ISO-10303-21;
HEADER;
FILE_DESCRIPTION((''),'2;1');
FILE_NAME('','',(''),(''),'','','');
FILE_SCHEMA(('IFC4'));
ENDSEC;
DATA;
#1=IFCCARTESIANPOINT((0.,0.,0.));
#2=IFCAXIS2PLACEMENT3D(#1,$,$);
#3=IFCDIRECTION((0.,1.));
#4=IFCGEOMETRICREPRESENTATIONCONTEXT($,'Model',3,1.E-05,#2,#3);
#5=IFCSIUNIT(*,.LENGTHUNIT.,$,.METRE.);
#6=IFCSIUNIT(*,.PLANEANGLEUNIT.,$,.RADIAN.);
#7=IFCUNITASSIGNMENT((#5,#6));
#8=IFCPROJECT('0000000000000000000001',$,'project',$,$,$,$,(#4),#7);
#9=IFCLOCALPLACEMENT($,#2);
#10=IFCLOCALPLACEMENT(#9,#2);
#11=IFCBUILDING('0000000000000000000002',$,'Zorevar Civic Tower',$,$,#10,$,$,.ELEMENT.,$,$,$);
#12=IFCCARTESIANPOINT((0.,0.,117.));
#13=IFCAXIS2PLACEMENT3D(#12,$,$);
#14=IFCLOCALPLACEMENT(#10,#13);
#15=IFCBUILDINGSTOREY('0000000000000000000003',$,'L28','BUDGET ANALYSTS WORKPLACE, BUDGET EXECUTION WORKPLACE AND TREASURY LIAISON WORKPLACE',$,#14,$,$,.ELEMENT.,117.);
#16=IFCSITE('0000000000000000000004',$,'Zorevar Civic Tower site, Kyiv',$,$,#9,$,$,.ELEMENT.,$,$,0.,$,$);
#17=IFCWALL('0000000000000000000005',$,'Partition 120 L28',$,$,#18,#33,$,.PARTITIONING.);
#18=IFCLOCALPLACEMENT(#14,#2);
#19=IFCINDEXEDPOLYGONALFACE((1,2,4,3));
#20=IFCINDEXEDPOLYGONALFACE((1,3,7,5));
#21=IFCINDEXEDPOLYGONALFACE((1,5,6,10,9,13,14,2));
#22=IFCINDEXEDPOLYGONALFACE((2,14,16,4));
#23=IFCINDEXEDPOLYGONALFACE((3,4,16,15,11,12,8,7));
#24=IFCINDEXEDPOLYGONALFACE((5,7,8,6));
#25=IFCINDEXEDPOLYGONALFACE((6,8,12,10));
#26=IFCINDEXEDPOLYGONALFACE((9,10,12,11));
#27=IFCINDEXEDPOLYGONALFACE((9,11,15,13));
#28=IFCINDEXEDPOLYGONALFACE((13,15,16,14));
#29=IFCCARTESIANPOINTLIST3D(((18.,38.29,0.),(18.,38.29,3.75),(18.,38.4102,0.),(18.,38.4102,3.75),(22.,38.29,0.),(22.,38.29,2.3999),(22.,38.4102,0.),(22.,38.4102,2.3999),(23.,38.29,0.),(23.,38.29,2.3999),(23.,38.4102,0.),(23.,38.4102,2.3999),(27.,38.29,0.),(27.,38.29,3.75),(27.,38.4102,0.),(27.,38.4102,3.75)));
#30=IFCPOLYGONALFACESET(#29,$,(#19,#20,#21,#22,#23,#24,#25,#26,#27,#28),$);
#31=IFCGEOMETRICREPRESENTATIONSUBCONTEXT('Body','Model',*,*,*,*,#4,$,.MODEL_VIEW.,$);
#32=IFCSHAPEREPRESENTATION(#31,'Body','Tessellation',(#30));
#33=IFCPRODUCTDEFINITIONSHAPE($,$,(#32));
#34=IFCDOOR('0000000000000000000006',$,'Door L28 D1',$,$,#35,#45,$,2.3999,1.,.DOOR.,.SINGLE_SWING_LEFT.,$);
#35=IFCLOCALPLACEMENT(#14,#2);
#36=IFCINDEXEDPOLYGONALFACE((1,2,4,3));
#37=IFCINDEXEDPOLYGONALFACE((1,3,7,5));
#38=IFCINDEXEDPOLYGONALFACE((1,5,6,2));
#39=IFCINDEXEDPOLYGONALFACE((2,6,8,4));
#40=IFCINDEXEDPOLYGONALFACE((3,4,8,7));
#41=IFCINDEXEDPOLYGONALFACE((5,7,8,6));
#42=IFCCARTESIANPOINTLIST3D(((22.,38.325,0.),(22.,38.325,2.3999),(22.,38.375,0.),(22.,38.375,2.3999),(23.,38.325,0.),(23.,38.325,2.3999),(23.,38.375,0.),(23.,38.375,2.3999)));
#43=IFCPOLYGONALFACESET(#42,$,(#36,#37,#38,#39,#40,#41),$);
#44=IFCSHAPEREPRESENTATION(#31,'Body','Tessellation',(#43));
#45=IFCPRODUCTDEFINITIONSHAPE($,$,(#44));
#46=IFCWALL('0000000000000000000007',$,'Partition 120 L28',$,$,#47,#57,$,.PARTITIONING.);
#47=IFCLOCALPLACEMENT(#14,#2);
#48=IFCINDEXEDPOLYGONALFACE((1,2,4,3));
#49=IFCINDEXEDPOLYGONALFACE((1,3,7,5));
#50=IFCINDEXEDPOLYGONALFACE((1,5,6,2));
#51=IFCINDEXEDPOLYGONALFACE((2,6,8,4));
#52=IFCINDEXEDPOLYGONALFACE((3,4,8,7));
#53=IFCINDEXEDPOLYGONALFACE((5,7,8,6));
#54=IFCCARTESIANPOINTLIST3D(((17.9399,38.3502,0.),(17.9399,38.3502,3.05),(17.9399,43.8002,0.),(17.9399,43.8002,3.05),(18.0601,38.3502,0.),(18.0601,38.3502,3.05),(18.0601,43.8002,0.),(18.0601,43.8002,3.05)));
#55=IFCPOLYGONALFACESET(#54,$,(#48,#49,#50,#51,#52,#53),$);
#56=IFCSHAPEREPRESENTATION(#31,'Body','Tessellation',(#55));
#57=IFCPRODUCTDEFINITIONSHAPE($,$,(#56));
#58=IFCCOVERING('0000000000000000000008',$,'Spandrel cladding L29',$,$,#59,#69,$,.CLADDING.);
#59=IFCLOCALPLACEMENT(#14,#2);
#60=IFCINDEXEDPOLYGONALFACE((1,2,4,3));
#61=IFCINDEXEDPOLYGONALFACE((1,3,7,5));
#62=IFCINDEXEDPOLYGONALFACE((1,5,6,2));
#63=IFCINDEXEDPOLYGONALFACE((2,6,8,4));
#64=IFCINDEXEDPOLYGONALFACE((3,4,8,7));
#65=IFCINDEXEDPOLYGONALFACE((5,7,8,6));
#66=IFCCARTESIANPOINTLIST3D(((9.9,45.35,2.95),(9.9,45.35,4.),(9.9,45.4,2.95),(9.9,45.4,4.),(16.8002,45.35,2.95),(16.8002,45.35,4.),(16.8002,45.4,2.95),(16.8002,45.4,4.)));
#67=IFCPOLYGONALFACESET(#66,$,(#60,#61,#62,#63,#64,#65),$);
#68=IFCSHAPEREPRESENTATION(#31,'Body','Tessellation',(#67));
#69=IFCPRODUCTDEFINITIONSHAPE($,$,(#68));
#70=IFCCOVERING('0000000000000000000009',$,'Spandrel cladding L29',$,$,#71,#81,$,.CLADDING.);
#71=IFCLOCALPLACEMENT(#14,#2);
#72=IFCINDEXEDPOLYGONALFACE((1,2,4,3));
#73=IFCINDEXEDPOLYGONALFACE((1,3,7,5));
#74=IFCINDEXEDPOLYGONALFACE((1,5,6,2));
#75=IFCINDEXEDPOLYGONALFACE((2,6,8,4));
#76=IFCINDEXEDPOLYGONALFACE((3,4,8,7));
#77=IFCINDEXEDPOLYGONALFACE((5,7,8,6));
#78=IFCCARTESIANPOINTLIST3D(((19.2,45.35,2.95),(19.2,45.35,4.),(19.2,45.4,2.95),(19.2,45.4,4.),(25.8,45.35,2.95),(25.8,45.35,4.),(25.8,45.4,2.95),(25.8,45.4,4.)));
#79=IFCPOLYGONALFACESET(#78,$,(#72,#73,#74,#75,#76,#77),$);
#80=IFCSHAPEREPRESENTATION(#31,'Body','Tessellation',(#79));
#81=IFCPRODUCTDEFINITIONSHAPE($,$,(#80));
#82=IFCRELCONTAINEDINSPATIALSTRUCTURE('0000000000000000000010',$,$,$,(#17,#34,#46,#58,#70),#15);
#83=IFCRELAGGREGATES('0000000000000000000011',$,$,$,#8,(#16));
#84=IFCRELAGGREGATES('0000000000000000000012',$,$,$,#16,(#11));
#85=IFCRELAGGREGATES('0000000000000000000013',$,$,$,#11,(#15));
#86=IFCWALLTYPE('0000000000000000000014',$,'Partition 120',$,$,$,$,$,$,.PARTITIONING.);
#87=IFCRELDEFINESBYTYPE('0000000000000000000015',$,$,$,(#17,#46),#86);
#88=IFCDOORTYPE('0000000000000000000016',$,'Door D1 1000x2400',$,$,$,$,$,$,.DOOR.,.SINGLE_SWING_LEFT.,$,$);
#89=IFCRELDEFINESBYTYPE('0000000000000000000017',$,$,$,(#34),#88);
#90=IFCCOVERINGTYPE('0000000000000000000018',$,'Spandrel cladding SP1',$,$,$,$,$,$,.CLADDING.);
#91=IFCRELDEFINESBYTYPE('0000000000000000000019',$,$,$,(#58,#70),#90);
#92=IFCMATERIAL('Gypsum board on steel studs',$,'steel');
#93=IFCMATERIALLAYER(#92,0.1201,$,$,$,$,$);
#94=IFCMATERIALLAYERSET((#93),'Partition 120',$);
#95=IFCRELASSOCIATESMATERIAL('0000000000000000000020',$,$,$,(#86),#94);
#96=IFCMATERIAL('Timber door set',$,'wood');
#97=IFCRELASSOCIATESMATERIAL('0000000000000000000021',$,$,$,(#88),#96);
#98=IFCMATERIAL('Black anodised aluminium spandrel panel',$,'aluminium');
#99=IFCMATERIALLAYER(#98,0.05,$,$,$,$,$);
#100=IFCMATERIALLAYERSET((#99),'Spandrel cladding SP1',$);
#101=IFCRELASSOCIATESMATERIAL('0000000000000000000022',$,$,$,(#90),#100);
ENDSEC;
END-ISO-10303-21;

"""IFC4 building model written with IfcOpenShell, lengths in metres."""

from ifc_helpers import new_model, si_unit, direction, frame, frame_2d, origin, place, context, subcontext, project, spatial, rectangle, extrude, material, layer, layer_set, type_object, element, fill, save


model = new_model("IFC4")

# Units and contexts
model_context = context("Model", 3, precision=1e-05, world=origin(), true_north=direction((0.0, 1.0)))
body_context = subcontext(model_context, "Body", "Model", "MODEL_VIEW")
ifc_project = project(units=[si_unit("LENGTHUNIT", "METRE"), si_unit("PLANEANGLEUNIT", "RADIAN")], contexts=[model_context])

# Site, building, storey
site_placement = place(None, origin())
site = spatial("IfcSite", under=ifc_project, at=site_placement, Name="Zorevar Civic Tower site, Kyiv", CompositionType="ELEMENT", RefElevation=0.0)
building_placement = place(site_placement, origin())
building = spatial("IfcBuilding", under=site, at=building_placement, Name="Zorevar Civic Tower", CompositionType="ELEMENT")
storey_placement = place(building_placement, frame((0.0, 0.0, 117.0)))
storey = spatial("IfcBuildingStorey", under=building, at=storey_placement, Name="L28", Description="BUDGET ANALYSTS WORKPLACE, BUDGET EXECUTION WORKPLACE AND TREASURY LIAISON WORKPLACE", CompositionType="ELEMENT", Elevation=117.0)

# Wall, opening, door
ifc_material_1 = material(Name="Gypsum board on steel studs", Category="steel")
ifc_layer_1 = layer(ifc_material_1, 0.1201)
ifc_layer_set_1 = layer_set([ifc_layer_1], Name="Partition 120")
wall_type = type_object("IfcWallType", Name="Partition 120", PredefinedType="PARTITIONING", material=ifc_layer_set_1)
wall_1_placement = place(storey_placement, frame((18.0, 38.3501, 0.0), z_axis=(0.0, 0.0, 1.0), x_axis=(1.0, 0.0, 0.0)))
wall_1 = element("IfcWall", 1, at=wall_1_placement, inside=storey, type_object=wall_type, Name="Partition 120 L28", PredefinedType="PARTITIONING", context=body_context, shape_type="SweptSolid", body=[
    extrude(rectangle(XDim=9.0, YDim=0.1201, at=frame_2d((4.5, 0.0))), origin(), (0.0, 0.0, 1.0), 3.75),
])
opening_placement = place(wall_1_placement, frame((4.0, 0.0, 0.0)))
opening = element("IfcOpeningElement", 2, at=opening_placement, cuts=wall_1, PredefinedType="OPENING", context=body_context, shape_type="SweptSolid", body=[
    extrude(rectangle(XDim=1.0, YDim=2.3999, at=frame_2d((0.5, 1.2))), frame((0.0, 0.0701, 0.0), z_axis=(0.0, -1.0, 0.0), x_axis=(1.0, 0.0, 0.0)), (0.0, 0.0, 1.0), 0.1401),
])
ifc_material_2 = material(Name="Timber door set", Category="wood")
door_type = type_object("IfcDoorType", Name="Door D1 1000x2400", OperationType="SINGLE_SWING_LEFT", PredefinedType="DOOR", material=ifc_material_2)
door_placement = place(opening_placement, origin())
door = element("IfcDoor", 3, at=door_placement, inside=storey, type_object=door_type, Name="Door L28 D1", OperationType="SINGLE_SWING_LEFT", OverallHeight=2.3999, OverallWidth=1.0, PredefinedType="DOOR", context=body_context, shape_type="SweptSolid", body=[
    extrude(rectangle(XDim=1.0, YDim=2.3999, at=frame_2d((0.5, 1.2))), frame((0.0, 0.0249, 0.0), z_axis=(0.0, -1.0, 0.0), x_axis=(1.0, 0.0, 0.0)), (0.0, 0.0, 1.0), 0.05),
])
fill(opening, door)

# Wall
wall_2_placement = place(storey_placement, frame((18.0, 38.3501, 0.0), z_axis=(0.0, 0.0, 1.0), x_axis=(0.0, 1.0, 0.0)))
element("IfcWall", 4, at=wall_2_placement, inside=storey, type_object=wall_type, Name="Partition 120 L28", PredefinedType="PARTITIONING", context=body_context, shape_type="SweptSolid", body=[
    extrude(rectangle(XDim=5.45, YDim=0.1201, at=frame_2d((2.7251, 0.0))), origin(), (0.0, 0.0, 1.0), 3.05),
])

# Coverings
ifc_material_3 = material(Name="Black anodised aluminium spandrel panel", Category="aluminium")
ifc_layer_2 = layer(ifc_material_3, 0.05)
ifc_layer_set_2 = layer_set([ifc_layer_2], Name="Spandrel cladding SP1")
covering_type = type_object("IfcCoveringType", Name="Spandrel cladding SP1", PredefinedType="CLADDING", material=ifc_layer_set_2)
covering_1_placement = place(storey_placement, frame((9.8999, 45.375, 2.95), z_axis=(0.0, 0.0, 1.0), x_axis=(1.0, 0.0, 0.0)))
element("IfcCovering", 5, at=covering_1_placement, inside=storey, type_object=covering_type, Name="Spandrel cladding L29", PredefinedType="CLADDING", context=body_context, shape_type="SweptSolid", body=[
    extrude(rectangle(XDim=6.9001, YDim=0.05, at=frame_2d((3.4502, 0.0))), origin(), (0.0, 0.0, 1.0), 1.05),
])
covering_2_placement = place(storey_placement, frame((19.2, 45.375, 2.95), z_axis=(0.0, 0.0, 1.0), x_axis=(1.0, 0.0, 0.0)))
element("IfcCovering", 6, at=covering_2_placement, inside=storey, type_object=covering_type, Name="Spandrel cladding L29", PredefinedType="CLADDING", context=body_context, shape_type="SweptSolid", body=[
    extrude(rectangle(XDim=6.6001, YDim=0.05, at=frame_2d((3.3, 0.0))), origin(), (0.0, 0.0, 1.0), 1.05),
])

save(model, "model.ifc")
